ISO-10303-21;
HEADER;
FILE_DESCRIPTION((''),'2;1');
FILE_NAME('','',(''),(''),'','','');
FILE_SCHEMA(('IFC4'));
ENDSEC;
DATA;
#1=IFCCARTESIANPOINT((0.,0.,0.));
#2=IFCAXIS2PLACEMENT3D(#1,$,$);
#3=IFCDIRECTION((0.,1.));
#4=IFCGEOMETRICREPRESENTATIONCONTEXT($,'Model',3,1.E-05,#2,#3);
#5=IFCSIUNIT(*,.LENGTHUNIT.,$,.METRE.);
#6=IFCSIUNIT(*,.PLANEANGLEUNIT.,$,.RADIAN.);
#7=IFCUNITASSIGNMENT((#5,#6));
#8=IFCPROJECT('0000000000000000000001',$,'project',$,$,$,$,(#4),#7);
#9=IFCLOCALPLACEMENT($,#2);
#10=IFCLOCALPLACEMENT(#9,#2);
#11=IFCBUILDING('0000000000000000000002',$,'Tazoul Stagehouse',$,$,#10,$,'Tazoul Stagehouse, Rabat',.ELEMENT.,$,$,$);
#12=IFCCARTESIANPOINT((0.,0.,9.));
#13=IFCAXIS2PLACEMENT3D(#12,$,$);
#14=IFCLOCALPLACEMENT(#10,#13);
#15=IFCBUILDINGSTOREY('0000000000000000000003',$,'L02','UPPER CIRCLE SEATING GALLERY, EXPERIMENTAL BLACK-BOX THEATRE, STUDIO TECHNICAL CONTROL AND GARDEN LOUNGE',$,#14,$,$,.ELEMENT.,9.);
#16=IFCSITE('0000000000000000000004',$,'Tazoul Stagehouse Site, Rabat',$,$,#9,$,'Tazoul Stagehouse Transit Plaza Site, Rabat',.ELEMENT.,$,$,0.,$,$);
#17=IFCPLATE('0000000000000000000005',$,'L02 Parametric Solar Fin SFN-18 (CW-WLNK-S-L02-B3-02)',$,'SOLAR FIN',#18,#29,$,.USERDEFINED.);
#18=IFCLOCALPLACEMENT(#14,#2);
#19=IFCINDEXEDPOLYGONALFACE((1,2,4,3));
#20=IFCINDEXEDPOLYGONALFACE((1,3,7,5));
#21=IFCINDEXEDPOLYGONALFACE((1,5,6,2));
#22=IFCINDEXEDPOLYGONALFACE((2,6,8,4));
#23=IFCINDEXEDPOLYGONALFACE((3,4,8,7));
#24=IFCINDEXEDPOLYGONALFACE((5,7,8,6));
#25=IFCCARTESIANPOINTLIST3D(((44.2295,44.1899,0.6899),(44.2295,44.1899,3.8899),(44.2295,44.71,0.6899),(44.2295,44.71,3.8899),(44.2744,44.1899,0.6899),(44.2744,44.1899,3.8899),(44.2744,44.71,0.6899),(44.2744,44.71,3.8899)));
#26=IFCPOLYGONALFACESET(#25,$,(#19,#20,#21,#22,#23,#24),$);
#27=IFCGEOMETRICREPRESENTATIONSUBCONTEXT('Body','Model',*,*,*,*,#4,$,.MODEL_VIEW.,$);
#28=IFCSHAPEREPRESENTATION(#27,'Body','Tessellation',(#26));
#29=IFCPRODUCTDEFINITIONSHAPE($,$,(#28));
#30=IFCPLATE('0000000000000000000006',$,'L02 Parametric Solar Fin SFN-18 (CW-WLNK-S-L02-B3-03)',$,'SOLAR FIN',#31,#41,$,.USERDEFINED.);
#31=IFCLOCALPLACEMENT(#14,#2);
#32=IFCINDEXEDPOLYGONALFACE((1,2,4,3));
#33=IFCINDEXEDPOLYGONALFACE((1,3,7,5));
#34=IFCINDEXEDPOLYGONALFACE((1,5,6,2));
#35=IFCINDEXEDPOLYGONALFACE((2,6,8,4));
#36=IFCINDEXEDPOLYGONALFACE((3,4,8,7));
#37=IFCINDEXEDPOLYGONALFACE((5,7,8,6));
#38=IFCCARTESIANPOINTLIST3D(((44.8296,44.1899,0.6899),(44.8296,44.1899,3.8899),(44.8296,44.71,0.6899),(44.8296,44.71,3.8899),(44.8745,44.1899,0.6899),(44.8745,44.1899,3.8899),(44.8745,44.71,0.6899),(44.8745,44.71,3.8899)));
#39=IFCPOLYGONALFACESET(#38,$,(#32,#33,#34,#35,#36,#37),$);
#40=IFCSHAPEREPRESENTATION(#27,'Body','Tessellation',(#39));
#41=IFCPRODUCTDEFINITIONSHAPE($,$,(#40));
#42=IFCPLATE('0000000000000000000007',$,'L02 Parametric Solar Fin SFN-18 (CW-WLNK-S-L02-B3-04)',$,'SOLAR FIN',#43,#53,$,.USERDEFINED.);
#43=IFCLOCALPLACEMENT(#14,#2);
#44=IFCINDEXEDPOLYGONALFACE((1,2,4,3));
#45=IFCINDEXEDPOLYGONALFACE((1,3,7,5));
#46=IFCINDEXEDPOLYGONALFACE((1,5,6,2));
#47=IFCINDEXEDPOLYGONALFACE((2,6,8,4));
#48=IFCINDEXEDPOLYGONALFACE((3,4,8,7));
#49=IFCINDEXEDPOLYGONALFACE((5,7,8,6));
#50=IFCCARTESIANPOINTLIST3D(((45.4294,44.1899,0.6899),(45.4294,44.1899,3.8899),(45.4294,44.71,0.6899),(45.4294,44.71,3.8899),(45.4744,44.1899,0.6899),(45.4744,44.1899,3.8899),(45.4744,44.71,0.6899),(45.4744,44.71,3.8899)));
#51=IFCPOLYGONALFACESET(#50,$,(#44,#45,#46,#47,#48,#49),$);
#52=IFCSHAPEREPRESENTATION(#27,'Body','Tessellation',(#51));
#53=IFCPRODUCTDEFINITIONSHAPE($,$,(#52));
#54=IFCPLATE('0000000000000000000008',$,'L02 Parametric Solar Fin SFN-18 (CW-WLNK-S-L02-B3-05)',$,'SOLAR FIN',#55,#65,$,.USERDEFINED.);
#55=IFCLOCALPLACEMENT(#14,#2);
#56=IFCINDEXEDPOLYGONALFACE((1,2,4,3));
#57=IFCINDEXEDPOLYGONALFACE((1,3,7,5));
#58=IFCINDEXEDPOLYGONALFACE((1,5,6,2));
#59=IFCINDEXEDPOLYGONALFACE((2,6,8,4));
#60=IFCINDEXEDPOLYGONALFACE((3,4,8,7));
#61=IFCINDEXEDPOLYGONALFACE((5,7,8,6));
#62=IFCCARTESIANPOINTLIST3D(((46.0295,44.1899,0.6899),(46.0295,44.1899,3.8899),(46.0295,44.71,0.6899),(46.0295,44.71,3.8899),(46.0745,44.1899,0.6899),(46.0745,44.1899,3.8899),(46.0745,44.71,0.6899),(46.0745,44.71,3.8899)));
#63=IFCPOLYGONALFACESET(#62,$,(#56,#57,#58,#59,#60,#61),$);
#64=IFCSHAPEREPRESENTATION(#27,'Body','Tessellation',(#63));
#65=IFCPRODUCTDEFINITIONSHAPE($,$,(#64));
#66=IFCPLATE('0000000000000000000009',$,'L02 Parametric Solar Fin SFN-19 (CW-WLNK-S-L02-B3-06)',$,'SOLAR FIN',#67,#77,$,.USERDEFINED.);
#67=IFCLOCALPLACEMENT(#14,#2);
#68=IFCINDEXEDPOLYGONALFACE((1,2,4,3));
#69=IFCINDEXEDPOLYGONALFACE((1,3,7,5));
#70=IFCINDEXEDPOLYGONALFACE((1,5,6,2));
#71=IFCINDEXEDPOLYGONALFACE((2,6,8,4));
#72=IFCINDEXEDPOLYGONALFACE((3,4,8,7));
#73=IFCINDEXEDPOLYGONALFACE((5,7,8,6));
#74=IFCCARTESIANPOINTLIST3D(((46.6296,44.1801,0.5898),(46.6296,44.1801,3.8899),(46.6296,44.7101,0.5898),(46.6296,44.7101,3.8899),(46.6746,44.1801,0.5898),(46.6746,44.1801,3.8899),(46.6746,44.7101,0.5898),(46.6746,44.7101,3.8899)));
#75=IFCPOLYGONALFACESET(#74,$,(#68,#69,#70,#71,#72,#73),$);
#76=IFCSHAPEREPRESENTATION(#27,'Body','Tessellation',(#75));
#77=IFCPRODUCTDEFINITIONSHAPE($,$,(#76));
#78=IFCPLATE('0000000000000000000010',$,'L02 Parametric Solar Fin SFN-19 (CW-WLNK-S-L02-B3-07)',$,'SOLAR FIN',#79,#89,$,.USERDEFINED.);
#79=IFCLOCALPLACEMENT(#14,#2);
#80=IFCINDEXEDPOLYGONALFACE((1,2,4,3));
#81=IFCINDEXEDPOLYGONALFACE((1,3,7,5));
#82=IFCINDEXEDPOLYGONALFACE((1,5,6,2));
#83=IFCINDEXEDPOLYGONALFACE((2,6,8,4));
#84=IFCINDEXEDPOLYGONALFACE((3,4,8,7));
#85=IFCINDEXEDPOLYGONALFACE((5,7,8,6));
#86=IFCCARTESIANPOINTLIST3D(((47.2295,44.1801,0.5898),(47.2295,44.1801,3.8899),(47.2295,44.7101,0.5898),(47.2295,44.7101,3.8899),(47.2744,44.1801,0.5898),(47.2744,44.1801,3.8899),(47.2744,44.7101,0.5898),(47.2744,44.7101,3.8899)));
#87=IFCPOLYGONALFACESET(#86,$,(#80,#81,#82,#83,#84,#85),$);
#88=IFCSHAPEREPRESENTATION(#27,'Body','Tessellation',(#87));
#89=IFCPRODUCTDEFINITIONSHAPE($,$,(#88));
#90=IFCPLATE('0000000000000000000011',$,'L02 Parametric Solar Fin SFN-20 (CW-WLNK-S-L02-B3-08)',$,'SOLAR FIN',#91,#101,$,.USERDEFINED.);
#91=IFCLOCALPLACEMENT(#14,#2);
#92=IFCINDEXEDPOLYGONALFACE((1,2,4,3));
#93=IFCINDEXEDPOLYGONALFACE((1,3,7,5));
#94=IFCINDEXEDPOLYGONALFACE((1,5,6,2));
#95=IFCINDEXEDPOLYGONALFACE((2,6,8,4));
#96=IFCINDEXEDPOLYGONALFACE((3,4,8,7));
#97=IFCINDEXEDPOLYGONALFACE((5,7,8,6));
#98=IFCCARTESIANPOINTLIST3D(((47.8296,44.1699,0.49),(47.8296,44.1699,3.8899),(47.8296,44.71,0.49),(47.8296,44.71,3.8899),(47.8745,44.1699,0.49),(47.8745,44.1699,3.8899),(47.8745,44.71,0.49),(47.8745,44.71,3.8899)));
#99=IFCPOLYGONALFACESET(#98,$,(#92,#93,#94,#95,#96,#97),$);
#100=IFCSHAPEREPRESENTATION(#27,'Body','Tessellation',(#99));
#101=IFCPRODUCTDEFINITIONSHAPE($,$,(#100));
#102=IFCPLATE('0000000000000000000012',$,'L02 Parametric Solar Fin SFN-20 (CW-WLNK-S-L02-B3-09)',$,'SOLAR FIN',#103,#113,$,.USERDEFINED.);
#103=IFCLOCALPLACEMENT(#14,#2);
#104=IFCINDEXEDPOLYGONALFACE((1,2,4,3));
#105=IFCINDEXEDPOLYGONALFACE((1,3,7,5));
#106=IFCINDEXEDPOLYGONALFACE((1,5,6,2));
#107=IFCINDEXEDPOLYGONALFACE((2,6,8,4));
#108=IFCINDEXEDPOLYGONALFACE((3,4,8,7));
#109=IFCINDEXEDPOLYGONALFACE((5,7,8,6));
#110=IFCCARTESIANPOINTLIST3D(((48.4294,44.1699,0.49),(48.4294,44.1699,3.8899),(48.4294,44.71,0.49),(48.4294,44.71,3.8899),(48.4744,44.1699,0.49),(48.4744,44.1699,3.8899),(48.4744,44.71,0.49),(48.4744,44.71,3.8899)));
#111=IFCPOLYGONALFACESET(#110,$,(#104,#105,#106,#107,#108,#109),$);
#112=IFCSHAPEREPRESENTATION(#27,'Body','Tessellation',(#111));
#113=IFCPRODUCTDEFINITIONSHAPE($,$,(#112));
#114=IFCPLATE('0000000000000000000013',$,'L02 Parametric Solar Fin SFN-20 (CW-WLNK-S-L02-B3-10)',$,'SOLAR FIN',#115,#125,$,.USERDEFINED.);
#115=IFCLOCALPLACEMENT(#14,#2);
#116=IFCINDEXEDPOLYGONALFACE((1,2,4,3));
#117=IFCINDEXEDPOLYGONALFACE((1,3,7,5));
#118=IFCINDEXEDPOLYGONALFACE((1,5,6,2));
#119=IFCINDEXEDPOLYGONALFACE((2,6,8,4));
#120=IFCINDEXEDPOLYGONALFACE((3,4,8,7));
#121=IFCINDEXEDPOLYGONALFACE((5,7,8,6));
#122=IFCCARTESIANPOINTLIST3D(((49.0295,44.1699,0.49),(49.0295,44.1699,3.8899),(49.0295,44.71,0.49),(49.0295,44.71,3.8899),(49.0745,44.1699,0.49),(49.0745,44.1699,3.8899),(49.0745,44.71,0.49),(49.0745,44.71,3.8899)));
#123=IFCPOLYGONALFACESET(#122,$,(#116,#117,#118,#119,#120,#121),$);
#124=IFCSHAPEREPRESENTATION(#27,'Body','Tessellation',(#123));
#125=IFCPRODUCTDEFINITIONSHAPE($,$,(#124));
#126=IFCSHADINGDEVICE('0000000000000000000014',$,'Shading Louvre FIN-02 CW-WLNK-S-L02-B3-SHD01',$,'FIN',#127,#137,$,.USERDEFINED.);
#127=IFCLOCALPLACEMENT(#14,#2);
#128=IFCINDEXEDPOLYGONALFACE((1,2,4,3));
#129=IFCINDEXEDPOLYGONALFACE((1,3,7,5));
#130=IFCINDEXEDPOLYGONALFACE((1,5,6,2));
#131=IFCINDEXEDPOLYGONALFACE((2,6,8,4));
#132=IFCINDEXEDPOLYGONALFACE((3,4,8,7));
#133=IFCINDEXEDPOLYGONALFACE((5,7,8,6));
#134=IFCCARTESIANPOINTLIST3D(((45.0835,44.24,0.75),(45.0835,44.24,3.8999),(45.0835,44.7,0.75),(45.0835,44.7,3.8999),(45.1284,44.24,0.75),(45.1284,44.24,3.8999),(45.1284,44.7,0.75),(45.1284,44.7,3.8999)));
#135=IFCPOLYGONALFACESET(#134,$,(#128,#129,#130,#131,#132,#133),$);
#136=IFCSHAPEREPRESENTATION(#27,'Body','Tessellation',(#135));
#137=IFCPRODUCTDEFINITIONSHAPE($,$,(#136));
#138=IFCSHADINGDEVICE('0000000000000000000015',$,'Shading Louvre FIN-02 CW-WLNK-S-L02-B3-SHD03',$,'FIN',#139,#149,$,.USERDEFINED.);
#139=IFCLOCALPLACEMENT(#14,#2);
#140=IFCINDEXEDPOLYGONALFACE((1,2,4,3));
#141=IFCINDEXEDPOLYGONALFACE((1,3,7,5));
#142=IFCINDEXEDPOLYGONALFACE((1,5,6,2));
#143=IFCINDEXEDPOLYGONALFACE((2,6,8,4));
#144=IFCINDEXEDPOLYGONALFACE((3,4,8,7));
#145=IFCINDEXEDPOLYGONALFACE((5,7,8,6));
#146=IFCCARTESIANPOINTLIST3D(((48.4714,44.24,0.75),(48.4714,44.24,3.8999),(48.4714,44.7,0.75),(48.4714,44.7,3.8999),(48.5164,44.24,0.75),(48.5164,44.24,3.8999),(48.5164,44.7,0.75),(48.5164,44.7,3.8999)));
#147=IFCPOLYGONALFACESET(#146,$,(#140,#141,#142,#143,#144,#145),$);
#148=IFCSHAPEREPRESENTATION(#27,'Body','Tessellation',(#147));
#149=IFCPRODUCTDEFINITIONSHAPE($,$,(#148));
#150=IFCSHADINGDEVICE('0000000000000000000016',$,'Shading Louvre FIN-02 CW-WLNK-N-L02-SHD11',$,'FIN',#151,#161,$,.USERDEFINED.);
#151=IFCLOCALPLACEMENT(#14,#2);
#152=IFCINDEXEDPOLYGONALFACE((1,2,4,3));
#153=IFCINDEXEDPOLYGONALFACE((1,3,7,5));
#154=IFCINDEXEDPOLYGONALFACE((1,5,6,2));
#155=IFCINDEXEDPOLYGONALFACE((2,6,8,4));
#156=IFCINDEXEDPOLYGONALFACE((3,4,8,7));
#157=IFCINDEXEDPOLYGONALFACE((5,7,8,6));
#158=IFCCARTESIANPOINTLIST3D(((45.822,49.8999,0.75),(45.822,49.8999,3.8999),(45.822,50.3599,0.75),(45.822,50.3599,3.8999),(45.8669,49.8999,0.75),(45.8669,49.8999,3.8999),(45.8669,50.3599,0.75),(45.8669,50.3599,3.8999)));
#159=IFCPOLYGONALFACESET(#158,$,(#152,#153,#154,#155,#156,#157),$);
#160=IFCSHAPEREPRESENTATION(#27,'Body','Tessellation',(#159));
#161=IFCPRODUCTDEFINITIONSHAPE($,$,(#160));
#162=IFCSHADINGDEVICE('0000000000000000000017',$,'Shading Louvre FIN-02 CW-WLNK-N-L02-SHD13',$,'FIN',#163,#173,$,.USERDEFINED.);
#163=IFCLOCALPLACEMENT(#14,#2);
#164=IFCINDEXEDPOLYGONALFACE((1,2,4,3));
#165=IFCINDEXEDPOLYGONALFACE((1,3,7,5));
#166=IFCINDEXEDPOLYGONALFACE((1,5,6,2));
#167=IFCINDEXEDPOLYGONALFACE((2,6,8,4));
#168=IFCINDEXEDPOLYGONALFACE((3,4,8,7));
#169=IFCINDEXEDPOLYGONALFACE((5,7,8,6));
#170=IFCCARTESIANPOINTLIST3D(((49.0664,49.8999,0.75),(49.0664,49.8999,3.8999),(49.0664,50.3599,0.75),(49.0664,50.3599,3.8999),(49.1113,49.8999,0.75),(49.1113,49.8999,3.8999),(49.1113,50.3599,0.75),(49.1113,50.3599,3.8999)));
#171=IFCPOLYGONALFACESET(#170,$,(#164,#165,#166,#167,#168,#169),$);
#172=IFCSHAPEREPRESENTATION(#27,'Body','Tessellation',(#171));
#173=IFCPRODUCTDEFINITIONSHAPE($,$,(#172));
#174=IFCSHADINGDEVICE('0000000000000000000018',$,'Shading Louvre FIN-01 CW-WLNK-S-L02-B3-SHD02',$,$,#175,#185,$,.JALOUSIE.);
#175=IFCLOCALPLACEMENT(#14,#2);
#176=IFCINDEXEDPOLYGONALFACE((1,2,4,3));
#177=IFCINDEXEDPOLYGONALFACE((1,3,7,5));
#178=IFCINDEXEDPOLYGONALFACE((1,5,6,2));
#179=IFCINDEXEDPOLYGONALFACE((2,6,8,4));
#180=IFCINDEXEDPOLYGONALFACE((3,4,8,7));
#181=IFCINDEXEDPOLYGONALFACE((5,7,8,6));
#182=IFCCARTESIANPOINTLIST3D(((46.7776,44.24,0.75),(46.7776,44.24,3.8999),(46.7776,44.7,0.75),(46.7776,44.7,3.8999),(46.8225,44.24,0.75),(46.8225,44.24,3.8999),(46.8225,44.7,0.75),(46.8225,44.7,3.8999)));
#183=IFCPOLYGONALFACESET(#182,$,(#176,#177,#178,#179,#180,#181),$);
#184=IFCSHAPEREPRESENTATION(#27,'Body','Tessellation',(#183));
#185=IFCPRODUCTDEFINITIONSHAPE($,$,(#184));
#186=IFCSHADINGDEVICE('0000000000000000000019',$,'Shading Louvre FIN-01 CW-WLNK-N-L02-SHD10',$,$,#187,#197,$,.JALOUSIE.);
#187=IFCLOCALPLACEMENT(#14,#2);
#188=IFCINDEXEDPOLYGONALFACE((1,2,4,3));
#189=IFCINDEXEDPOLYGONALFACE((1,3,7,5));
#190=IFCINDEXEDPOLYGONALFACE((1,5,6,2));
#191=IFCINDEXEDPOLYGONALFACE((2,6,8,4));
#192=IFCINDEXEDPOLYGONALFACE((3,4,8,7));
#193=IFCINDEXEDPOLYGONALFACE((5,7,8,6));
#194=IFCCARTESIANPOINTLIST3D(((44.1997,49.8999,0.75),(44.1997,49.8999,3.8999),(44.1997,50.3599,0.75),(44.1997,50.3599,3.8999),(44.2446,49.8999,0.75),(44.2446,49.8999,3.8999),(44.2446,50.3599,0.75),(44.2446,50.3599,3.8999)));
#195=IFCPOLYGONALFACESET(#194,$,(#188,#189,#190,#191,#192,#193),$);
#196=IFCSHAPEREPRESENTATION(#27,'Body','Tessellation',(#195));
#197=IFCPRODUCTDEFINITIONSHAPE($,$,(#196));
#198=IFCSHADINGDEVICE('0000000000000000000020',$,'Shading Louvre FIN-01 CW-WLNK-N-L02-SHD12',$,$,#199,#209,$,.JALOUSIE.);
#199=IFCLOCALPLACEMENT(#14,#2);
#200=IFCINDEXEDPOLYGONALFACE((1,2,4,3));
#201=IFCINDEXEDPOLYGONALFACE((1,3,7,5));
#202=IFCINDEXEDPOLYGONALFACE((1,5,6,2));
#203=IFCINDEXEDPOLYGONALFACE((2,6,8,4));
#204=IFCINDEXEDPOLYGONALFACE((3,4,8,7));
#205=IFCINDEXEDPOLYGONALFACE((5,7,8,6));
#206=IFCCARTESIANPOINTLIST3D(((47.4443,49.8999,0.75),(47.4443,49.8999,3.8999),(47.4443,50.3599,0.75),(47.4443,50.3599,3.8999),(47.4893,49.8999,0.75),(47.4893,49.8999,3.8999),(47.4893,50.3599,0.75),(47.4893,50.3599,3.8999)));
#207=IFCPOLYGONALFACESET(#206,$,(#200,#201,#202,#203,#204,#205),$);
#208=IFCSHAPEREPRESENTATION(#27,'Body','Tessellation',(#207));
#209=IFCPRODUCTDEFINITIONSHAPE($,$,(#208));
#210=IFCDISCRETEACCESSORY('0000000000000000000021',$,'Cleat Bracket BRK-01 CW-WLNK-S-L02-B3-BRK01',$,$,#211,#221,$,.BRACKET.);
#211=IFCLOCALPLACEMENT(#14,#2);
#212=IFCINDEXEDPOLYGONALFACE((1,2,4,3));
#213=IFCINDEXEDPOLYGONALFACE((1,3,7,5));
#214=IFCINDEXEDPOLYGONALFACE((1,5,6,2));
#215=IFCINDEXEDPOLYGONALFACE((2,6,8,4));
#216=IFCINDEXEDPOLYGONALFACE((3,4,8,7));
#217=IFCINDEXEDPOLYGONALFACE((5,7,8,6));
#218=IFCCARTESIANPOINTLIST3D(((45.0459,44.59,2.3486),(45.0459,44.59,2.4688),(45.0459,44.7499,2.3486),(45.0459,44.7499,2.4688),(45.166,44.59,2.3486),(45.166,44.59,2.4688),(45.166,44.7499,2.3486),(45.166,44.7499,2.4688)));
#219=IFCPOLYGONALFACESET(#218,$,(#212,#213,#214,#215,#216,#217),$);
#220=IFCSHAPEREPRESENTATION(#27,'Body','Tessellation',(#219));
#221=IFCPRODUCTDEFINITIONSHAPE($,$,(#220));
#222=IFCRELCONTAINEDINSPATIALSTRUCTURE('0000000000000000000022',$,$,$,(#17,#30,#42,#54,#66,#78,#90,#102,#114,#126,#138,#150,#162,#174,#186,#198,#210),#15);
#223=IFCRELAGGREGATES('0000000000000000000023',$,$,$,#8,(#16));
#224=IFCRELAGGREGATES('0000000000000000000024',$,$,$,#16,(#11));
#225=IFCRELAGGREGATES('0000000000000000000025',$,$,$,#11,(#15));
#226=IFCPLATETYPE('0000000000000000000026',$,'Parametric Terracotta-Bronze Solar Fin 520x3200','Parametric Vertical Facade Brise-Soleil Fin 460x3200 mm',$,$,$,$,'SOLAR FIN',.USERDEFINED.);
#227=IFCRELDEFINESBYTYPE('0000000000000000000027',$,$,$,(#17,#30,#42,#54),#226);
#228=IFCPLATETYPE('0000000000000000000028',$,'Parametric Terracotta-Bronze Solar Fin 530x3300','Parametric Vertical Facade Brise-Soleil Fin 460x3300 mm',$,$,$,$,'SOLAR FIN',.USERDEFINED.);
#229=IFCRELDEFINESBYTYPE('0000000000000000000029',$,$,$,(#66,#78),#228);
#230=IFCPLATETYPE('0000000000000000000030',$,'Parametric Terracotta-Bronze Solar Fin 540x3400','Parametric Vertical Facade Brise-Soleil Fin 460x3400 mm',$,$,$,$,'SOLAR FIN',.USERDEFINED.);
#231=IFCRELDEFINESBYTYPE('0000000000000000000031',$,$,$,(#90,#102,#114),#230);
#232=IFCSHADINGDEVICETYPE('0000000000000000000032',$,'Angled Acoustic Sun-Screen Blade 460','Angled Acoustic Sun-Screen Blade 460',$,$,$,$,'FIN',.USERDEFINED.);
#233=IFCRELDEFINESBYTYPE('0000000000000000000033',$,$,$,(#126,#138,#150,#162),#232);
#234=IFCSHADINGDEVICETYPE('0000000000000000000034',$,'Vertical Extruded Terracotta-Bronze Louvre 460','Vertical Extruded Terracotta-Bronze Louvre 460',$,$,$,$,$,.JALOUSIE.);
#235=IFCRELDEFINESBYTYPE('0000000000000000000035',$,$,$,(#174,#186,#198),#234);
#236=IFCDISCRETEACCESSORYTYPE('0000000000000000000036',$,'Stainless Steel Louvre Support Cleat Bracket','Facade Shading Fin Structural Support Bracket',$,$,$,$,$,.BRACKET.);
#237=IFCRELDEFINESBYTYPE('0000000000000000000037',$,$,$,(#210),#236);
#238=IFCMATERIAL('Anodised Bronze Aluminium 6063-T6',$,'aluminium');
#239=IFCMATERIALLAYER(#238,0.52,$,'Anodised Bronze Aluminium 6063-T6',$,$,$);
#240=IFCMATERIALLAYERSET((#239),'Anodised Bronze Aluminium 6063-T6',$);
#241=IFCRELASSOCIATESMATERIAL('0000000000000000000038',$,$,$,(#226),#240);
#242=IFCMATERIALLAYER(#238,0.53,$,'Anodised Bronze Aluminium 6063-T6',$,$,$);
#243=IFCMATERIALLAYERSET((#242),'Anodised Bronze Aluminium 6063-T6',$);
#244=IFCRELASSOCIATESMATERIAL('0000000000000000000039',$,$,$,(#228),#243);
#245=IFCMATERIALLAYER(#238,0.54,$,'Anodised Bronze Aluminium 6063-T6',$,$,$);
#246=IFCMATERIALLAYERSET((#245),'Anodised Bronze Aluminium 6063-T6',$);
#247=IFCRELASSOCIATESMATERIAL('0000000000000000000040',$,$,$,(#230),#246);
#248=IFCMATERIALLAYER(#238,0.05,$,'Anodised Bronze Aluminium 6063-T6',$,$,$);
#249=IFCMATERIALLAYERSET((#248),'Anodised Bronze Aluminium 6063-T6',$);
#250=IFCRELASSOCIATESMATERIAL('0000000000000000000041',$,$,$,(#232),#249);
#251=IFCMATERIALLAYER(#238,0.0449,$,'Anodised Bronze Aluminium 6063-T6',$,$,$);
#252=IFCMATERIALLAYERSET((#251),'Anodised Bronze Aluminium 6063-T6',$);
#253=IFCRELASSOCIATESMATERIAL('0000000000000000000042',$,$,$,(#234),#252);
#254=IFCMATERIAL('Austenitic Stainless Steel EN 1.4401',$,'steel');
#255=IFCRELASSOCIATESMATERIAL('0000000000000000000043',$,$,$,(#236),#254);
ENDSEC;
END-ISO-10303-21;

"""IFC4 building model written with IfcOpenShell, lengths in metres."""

from ifc_helpers import new_model, si_unit, direction, frame, origin, origin_2d, place, context, subcontext, project, spatial, rectangle, extrude, material, layer, layer_set, type_object, element, save


model = new_model("IFC4")

# Units and contexts
model_context = context("Model", 3, precision=1e-05, world=origin(), true_north=direction((0.0, 1.0)))
body_context = subcontext(model_context, "Body", "Model", "MODEL_VIEW")
ifc_project = project(units=[si_unit("LENGTHUNIT", "METRE"), si_unit("PLANEANGLEUNIT", "RADIAN")], contexts=[model_context])

# Site, building, storey
site_placement = place(None, origin())
site = spatial("IfcSite", under=ifc_project, at=site_placement, Name="Tazoul Stagehouse Site, Rabat", LongName="Tazoul Stagehouse Transit Plaza Site, Rabat", CompositionType="ELEMENT", RefElevation=0.0)
building_placement = place(site_placement, origin())
building = spatial("IfcBuilding", under=site, at=building_placement, Name="Tazoul Stagehouse", LongName="Tazoul Stagehouse, Rabat", CompositionType="ELEMENT")
storey_placement = place(building_placement, frame((0.0, 0.0, 9.0)))
storey = spatial("IfcBuildingStorey", under=building, at=storey_placement, Name="L02", Description="UPPER CIRCLE SEATING GALLERY, EXPERIMENTAL BLACK-BOX THEATRE, STUDIO TECHNICAL CONTROL AND GARDEN LOUNGE", CompositionType="ELEMENT", Elevation=9.0)

# Plates
ifc_material_1 = material(Name="Anodised Bronze Aluminium 6063-T6", Category="aluminium")
ifc_layer_1 = layer(ifc_material_1, 0.52, Name="Anodised Bronze Aluminium 6063-T6")
ifc_layer_set_1 = layer_set([ifc_layer_1], Name="Anodised Bronze Aluminium 6063-T6")
plate_type_1 = type_object("IfcPlateType", Name="Parametric Terracotta-Bronze Solar Fin 520x3200", Description="Parametric Vertical Facade Brise-Soleil Fin 460x3200 mm", ElementType="SOLAR FIN", PredefinedType="USERDEFINED", material=ifc_layer_set_1)
for number, where, z_axis, x_axis, name in (
    (1, (44.252, 44.45, 0.6899), (0.0, 0.0, 1.0), (1.0, 0.0, 0.0), "L02 Parametric Solar Fin SFN-18 (CW-WLNK-S-L02-B3-02)"),
    (2, (44.8521, 44.45, 0.6899), (0.0, 0.0, 1.0), (1.0, 0.0, 0.0), "L02 Parametric Solar Fin SFN-18 (CW-WLNK-S-L02-B3-03)"),
    (3, (45.4519, 44.45, 0.6899), (0.0, 0.0, 1.0), (1.0, 0.0, 0.0), "L02 Parametric Solar Fin SFN-18 (CW-WLNK-S-L02-B3-04)"),
    (4, (46.052, 44.45, 0.6899), (0.0, 0.0, 1.0), (1.0, 0.0, 0.0), "L02 Parametric Solar Fin SFN-18 (CW-WLNK-S-L02-B3-05)"),
):
    element("IfcPlate", number, at=place(storey_placement, frame(where, z_axis=z_axis, x_axis=x_axis)), inside=storey, type_object=plate_type_1, Name=name, ObjectType="SOLAR FIN", PredefinedType="USERDEFINED", context=body_context, shape_type="SweptSolid", body=[
        extrude(rectangle(XDim=0.0449, YDim=0.52, at=origin_2d()), origin(), (0.0, 0.0, 1.0), 3.2),
    ])
ifc_layer_2 = layer(ifc_material_1, 0.53, Name="Anodised Bronze Aluminium 6063-T6")
ifc_layer_set_2 = layer_set([ifc_layer_2], Name="Anodised Bronze Aluminium 6063-T6")
plate_type_2 = type_object("IfcPlateType", Name="Parametric Terracotta-Bronze Solar Fin 530x3300", Description="Parametric Vertical Facade Brise-Soleil Fin 460x3300 mm", ElementType="SOLAR FIN", PredefinedType="USERDEFINED", material=ifc_layer_set_2)
for number, where, z_axis, x_axis, name in (
    (5, (46.6521, 44.4451, 0.5898), (0.0, 0.0, 1.0), (1.0, 0.0, 0.0), "L02 Parametric Solar Fin SFN-19 (CW-WLNK-S-L02-B3-06)"),
    (6, (47.252, 44.4451, 0.5898), (0.0, 0.0, 1.0), (1.0, 0.0, 0.0), "L02 Parametric Solar Fin SFN-19 (CW-WLNK-S-L02-B3-07)"),
):
    element("IfcPlate", number, at=place(storey_placement, frame(where, z_axis=z_axis, x_axis=x_axis)), inside=storey, type_object=plate_type_2, Name=name, ObjectType="SOLAR FIN", PredefinedType="USERDEFINED", context=body_context, shape_type="SweptSolid", body=[
        extrude(rectangle(XDim=0.0449, YDim=0.53, at=origin_2d()), origin(), (0.0, 0.0, 1.0), 3.3),
    ])
ifc_layer_3 = layer(ifc_material_1, 0.54, Name="Anodised Bronze Aluminium 6063-T6")
ifc_layer_set_3 = layer_set([ifc_layer_3], Name="Anodised Bronze Aluminium 6063-T6")
plate_type_3 = type_object("IfcPlateType", Name="Parametric Terracotta-Bronze Solar Fin 540x3400", Description="Parametric Vertical Facade Brise-Soleil Fin 460x3400 mm", ElementType="SOLAR FIN", PredefinedType="USERDEFINED", material=ifc_layer_set_3)
for number, where, z_axis, x_axis, name in (
    (7, (47.8521, 44.4399, 0.49), (0.0, 0.0, 1.0), (1.0, 0.0, 0.0), "L02 Parametric Solar Fin SFN-20 (CW-WLNK-S-L02-B3-08)"),
    (8, (48.4519, 44.4399, 0.49), (0.0, 0.0, 1.0), (1.0, 0.0, 0.0), "L02 Parametric Solar Fin SFN-20 (CW-WLNK-S-L02-B3-09)"),
    (9, (49.052, 44.4399, 0.49), (0.0, 0.0, 1.0), (1.0, 0.0, 0.0), "L02 Parametric Solar Fin SFN-20 (CW-WLNK-S-L02-B3-10)"),
):
    element("IfcPlate", number, at=place(storey_placement, frame(where, z_axis=z_axis, x_axis=x_axis)), inside=storey, type_object=plate_type_3, Name=name, ObjectType="SOLAR FIN", PredefinedType="USERDEFINED", context=body_context, shape_type="SweptSolid", body=[
        extrude(rectangle(XDim=0.0449, YDim=0.54, at=origin_2d()), origin(), (0.0, 0.0, 1.0), 3.3999),
    ])

# Shading devices
ifc_layer_4 = layer(ifc_material_1, 0.05, Name="Anodised Bronze Aluminium 6063-T6")
ifc_layer_set_4 = layer_set([ifc_layer_4], Name="Anodised Bronze Aluminium 6063-T6")
shading_device_type_1 = type_object("IfcShadingDeviceType", Name="Angled Acoustic Sun-Screen Blade 460", Description="Angled Acoustic Sun-Screen Blade 460", ElementType="FIN", PredefinedType="USERDEFINED", material=ifc_layer_set_4)
for number, where, z_axis, x_axis, name in (
    (10, (45.106, 44.47, 0.75), (0.0, 0.0, 1.0), (1.0, 0.0, 0.0), "Shading Louvre FIN-02 CW-WLNK-S-L02-B3-SHD01"),
    (11, (48.4939, 44.47, 0.75), (0.0, 0.0, 1.0), (1.0, 0.0, 0.0), "Shading Louvre FIN-02 CW-WLNK-S-L02-B3-SHD03"),
    (12, (45.8445, 50.1299, 0.75), (0.0, 0.0, 1.0), (1.0, 0.0, 0.0), "Shading Louvre FIN-02 CW-WLNK-N-L02-SHD11"),
    (13, (49.0889, 50.1299, 0.75), (0.0, 0.0, 1.0), (1.0, 0.0, 0.0), "Shading Louvre FIN-02 CW-WLNK-N-L02-SHD13"),
):
    element("IfcShadingDevice", number, at=place(storey_placement, frame(where, z_axis=z_axis, x_axis=x_axis)), inside=storey, type_object=shading_device_type_1, Name=name, ObjectType="FIN", PredefinedType="USERDEFINED", context=body_context, shape_type="SweptSolid", body=[
        extrude(rectangle(XDim=0.0449, YDim=0.46, at=origin_2d()), origin(), (0.0, 0.0, 1.0), 3.1499),
    ])
ifc_layer_5 = layer(ifc_material_1, 0.0449, Name="Anodised Bronze Aluminium 6063-T6")
ifc_layer_set_5 = layer_set([ifc_layer_5], Name="Anodised Bronze Aluminium 6063-T6")
shading_device_type_2 = type_object("IfcShadingDeviceType", Name="Vertical Extruded Terracotta-Bronze Louvre 460", Description="Vertical Extruded Terracotta-Bronze Louvre 460", PredefinedType="JALOUSIE", material=ifc_layer_set_5)
for number, where, z_axis, x_axis, name in (
    (14, (46.8, 44.47, 0.75), (0.0, 0.0, 1.0), (1.0, 0.0, 0.0), "Shading Louvre FIN-01 CW-WLNK-S-L02-B3-SHD02"),
    (15, (44.2222, 50.1299, 0.75), (0.0, 0.0, 1.0), (1.0, 0.0, 0.0), "Shading Louvre FIN-01 CW-WLNK-N-L02-SHD10"),
    (16, (47.4668, 50.1299, 0.75), (0.0, 0.0, 1.0), (1.0, 0.0, 0.0), "Shading Louvre FIN-01 CW-WLNK-N-L02-SHD12"),
):
    element("IfcShadingDevice", number, at=place(storey_placement, frame(where, z_axis=z_axis, x_axis=x_axis)), inside=storey, type_object=shading_device_type_2, Name=name, PredefinedType="JALOUSIE", context=body_context, shape_type="SweptSolid", body=[
        extrude(rectangle(XDim=0.0449, YDim=0.46, at=origin_2d()), origin(), (0.0, 0.0, 1.0), 3.1499),
    ])

# Discrete accessory
ifc_material_2 = material(Name="Austenitic Stainless Steel EN 1.4401", Category="steel")
discrete_accessory_type = type_object("IfcDiscreteAccessoryType", Name="Stainless Steel Louvre Support Cleat Bracket", Description="Facade Shading Fin Structural Support Bracket", PredefinedType="BRACKET", material=ifc_material_2)
for number, where, z_axis, x_axis, name in (
    (17, (45.106, 44.6699, 2.3486), (0.0, 0.0, 1.0), (1.0, 0.0, 0.0), "Cleat Bracket BRK-01 CW-WLNK-S-L02-B3-BRK01"),
):
    element("IfcDiscreteAccessory", number, at=place(storey_placement, frame(where, z_axis=z_axis, x_axis=x_axis)), inside=storey, type_object=discrete_accessory_type, Name=name, PredefinedType="BRACKET", context=body_context, shape_type="SweptSolid", body=[
        extrude(rectangle(XDim=0.1201, YDim=0.1599, at=origin_2d()), origin(), (0.0, 0.0, 1.0), 0.1201),
    ])

save(model, "model.ifc")
